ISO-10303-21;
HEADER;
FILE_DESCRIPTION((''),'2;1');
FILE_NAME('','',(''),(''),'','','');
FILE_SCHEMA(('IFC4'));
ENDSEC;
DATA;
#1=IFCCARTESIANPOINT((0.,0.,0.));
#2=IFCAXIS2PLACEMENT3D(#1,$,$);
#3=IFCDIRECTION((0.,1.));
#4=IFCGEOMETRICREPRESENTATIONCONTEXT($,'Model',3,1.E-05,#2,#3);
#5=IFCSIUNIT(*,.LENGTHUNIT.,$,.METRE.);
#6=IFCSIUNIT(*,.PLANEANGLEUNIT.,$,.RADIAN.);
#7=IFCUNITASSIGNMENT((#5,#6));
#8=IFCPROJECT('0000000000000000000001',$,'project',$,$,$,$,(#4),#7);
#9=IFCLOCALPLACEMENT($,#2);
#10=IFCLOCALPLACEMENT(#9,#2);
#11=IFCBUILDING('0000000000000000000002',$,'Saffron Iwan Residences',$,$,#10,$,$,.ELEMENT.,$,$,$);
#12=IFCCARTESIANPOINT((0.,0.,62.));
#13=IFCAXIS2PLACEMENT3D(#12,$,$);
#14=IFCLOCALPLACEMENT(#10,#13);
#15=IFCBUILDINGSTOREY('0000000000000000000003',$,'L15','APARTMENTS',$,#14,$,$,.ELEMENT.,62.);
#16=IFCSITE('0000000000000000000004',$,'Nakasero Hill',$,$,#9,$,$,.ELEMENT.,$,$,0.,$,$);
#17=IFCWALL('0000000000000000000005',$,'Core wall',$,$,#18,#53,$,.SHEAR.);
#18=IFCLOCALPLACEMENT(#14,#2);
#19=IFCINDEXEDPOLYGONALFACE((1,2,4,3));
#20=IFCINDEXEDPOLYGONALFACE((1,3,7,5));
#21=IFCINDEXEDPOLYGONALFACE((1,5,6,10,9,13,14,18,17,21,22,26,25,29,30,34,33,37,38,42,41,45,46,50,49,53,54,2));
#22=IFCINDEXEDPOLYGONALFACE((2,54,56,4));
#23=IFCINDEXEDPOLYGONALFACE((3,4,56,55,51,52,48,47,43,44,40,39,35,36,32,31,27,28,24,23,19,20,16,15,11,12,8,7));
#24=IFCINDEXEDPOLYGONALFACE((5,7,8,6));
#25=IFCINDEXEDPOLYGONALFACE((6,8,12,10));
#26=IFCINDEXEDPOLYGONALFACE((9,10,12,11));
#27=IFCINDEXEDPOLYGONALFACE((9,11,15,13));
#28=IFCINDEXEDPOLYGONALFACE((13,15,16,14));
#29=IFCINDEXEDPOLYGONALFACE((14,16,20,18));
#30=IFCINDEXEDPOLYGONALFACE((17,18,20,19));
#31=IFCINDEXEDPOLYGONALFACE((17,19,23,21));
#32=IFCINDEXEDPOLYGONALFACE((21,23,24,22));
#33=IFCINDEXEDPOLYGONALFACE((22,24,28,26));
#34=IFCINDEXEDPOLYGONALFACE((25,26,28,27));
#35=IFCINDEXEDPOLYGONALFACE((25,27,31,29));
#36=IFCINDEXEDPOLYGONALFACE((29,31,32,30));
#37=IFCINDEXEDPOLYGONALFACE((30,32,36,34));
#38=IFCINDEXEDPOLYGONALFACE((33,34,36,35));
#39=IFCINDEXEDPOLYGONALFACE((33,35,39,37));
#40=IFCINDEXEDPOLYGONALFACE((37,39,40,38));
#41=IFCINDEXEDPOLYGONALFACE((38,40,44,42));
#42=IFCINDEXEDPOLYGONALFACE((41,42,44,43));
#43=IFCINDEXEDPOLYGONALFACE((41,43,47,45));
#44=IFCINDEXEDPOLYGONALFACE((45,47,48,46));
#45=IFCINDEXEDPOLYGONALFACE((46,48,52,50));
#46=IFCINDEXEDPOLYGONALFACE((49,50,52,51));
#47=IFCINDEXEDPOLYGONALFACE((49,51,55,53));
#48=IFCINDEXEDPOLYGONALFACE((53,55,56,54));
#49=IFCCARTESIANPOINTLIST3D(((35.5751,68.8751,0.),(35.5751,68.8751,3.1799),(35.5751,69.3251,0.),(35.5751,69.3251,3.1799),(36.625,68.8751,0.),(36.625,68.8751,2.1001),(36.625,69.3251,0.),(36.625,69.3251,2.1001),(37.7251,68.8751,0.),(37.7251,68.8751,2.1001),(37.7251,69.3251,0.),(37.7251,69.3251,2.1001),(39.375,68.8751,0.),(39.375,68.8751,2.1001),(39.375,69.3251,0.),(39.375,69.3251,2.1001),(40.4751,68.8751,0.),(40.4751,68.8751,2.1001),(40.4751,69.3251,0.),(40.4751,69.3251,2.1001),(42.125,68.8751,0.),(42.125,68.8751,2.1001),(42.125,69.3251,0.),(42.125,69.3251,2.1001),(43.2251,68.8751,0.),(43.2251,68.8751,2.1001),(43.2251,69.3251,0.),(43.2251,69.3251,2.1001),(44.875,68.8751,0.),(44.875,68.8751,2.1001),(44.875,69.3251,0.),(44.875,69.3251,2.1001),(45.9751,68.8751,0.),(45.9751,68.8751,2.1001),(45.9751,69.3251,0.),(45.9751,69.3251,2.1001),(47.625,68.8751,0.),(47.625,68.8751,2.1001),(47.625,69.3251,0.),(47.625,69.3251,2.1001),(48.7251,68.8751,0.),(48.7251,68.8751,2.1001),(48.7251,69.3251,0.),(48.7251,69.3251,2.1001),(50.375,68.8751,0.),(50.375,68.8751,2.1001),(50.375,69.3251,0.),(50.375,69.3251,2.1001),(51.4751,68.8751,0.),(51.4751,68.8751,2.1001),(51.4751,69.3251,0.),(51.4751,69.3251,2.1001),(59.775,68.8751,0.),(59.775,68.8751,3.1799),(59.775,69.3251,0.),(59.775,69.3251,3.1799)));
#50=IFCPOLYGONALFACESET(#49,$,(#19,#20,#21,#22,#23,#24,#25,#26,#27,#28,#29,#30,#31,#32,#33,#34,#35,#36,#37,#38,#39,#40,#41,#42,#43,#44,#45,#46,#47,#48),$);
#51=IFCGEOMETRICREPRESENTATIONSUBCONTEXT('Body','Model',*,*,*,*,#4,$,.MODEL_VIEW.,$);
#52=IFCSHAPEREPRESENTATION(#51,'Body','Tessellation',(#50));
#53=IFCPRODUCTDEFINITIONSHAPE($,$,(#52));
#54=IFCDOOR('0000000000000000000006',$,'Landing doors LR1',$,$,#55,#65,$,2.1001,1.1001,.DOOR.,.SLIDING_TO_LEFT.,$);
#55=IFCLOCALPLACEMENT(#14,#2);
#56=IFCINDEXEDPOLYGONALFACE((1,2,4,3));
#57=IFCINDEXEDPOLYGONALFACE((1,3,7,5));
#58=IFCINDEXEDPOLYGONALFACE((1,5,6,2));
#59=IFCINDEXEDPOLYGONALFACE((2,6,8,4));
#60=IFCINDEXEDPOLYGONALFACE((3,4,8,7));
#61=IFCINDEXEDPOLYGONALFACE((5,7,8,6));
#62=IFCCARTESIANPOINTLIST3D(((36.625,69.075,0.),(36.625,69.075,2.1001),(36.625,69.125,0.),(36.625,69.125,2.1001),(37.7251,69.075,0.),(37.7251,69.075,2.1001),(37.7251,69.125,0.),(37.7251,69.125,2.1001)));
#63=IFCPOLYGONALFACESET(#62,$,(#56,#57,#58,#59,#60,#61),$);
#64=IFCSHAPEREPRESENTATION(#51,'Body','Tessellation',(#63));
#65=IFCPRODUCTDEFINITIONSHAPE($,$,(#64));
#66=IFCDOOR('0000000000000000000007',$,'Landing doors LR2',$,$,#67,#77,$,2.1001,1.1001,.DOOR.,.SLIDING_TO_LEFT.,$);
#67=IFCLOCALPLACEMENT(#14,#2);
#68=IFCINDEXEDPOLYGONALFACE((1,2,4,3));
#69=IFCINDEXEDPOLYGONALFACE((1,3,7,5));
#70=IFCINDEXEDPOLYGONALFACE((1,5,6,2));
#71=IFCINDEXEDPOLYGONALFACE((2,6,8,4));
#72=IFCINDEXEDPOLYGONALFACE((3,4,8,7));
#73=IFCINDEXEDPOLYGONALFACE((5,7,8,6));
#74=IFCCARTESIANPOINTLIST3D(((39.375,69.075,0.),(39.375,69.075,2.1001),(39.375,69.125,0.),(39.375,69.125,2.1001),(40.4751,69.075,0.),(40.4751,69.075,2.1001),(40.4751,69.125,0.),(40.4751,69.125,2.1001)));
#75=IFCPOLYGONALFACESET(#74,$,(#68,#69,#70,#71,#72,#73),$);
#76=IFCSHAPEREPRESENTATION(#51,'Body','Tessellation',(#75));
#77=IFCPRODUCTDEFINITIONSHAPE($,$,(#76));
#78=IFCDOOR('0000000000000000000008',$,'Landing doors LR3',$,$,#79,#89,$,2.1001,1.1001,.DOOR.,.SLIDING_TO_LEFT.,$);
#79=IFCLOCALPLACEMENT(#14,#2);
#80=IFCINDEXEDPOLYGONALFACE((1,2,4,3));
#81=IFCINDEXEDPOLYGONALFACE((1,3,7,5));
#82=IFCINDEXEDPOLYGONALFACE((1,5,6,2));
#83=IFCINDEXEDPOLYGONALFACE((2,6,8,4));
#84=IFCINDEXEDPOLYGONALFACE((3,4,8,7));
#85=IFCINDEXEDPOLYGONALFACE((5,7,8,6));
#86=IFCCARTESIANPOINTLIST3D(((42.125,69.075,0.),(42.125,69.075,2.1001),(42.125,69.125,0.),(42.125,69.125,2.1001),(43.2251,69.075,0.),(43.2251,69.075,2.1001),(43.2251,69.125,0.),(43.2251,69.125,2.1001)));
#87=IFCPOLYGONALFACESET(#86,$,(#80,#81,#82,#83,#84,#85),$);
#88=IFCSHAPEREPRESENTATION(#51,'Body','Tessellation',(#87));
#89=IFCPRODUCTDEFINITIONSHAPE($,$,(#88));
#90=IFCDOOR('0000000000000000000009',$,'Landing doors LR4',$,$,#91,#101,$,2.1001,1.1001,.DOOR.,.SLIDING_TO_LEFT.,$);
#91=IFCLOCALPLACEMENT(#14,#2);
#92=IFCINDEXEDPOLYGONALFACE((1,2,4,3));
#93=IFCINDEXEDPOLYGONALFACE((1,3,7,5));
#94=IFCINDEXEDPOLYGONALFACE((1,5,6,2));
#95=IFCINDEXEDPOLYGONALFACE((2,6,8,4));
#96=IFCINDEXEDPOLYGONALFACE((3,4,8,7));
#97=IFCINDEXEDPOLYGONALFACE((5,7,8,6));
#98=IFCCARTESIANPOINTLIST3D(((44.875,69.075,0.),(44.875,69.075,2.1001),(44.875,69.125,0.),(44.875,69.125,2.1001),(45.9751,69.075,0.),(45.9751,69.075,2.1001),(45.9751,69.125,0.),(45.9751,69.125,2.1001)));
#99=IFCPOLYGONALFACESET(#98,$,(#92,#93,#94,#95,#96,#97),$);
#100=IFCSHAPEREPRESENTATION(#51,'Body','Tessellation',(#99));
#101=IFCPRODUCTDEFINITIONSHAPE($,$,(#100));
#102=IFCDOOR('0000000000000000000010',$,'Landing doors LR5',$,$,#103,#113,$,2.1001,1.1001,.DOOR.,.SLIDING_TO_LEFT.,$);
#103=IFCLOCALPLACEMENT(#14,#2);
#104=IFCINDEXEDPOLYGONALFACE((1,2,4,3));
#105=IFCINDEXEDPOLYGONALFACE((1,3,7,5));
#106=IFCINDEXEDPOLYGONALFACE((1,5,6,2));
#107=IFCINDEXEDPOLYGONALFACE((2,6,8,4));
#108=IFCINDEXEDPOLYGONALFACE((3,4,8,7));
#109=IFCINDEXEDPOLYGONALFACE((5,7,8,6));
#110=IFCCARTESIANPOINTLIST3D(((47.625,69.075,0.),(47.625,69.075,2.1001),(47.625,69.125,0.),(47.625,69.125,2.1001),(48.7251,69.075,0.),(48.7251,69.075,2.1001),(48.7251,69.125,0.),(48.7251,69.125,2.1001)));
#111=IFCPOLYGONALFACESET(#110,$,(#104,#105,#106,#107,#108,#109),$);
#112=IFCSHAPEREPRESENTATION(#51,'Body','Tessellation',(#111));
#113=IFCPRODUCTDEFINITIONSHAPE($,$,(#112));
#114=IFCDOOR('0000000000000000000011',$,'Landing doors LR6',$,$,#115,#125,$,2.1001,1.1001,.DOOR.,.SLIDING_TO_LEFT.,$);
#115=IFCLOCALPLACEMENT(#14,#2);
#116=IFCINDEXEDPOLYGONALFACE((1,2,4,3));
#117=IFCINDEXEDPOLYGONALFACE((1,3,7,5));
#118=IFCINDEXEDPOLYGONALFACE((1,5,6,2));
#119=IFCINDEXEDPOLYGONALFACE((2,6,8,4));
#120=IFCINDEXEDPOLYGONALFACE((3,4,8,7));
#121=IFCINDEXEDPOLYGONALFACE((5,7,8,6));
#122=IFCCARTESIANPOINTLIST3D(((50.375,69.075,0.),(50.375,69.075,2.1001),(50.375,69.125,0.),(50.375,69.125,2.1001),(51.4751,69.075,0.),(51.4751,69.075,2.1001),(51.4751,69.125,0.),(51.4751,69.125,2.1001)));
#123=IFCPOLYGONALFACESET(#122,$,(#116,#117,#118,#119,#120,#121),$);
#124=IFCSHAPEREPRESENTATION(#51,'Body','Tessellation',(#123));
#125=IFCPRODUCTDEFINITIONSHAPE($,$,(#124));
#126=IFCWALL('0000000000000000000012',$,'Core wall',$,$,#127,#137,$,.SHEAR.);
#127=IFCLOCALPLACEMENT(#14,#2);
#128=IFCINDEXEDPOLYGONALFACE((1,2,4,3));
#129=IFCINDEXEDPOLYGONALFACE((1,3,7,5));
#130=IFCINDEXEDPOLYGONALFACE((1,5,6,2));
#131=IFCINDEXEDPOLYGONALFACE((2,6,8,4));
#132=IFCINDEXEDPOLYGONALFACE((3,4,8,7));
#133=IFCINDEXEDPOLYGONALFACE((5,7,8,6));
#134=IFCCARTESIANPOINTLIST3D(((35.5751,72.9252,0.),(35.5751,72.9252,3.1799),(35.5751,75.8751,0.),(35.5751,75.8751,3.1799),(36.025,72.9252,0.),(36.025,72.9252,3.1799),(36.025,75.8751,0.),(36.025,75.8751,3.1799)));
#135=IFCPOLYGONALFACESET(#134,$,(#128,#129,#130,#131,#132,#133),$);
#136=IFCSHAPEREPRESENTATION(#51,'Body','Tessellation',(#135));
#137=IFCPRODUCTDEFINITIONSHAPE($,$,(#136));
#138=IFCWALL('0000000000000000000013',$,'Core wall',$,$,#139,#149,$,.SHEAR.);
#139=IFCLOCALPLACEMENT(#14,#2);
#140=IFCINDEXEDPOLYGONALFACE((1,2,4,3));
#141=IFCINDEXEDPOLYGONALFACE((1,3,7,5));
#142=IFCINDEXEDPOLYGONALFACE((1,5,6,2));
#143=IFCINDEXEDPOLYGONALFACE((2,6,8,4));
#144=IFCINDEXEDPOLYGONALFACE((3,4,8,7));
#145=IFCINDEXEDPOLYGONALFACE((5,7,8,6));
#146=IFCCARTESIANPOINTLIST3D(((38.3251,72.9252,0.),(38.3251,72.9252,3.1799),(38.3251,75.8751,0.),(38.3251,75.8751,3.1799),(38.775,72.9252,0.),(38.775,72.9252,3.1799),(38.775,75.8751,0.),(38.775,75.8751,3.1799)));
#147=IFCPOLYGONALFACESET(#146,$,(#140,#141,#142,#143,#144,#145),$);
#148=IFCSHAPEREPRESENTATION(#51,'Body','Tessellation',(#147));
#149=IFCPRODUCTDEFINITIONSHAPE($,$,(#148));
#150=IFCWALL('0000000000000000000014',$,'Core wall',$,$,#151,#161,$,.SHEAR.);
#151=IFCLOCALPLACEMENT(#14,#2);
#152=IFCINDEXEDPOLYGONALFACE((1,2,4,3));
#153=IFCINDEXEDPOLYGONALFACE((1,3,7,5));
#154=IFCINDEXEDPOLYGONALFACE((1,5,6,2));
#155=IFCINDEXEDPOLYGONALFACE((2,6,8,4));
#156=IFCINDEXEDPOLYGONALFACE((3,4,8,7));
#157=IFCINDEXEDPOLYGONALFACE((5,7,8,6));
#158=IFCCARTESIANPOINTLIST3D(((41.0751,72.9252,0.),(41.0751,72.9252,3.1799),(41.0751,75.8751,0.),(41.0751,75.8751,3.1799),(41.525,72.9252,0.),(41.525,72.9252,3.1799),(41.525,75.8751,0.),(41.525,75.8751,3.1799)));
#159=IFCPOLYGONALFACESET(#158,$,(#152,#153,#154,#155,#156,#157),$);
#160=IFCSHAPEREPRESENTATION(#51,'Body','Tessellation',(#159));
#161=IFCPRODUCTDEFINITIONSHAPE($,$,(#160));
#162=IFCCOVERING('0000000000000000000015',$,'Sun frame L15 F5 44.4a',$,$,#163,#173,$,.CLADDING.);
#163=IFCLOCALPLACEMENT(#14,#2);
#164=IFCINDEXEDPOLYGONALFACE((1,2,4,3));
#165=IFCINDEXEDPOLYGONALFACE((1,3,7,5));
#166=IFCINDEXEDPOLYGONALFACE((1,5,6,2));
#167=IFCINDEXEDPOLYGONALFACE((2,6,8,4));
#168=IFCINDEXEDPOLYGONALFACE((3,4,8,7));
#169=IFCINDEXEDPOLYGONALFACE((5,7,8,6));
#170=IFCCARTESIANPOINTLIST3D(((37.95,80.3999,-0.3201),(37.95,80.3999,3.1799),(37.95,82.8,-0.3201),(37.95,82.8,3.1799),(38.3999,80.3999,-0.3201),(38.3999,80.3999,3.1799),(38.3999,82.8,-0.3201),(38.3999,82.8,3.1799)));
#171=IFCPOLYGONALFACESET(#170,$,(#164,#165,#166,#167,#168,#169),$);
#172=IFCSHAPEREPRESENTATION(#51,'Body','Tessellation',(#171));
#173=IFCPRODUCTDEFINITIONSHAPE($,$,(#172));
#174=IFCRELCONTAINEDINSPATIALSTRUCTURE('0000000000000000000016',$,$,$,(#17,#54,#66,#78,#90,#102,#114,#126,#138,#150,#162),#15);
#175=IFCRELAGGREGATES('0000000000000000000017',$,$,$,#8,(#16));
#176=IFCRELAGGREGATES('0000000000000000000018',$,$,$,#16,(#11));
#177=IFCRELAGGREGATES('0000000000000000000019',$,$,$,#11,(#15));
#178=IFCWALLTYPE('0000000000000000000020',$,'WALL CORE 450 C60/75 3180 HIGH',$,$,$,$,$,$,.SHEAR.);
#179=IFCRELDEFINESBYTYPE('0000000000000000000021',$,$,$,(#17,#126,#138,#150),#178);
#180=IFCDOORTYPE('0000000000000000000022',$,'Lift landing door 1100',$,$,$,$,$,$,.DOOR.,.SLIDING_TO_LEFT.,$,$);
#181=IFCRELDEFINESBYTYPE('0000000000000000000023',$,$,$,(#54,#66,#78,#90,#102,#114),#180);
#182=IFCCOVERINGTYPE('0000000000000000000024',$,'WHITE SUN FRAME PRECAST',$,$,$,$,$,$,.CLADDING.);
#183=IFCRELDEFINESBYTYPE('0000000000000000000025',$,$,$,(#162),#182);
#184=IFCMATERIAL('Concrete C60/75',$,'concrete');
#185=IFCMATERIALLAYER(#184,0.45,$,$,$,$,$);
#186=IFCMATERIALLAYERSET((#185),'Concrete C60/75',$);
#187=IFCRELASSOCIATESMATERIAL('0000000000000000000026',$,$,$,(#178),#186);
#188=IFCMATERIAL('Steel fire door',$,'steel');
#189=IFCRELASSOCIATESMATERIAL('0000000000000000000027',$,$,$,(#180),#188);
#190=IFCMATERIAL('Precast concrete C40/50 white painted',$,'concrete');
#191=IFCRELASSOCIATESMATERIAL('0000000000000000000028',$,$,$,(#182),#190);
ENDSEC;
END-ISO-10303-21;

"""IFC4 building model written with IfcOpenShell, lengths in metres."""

from ifc_helpers import new_model, si_unit, direction, frame, frame_2d, origin, place, context, subcontext, project, spatial, polyline, rectangle, outline, extrude, material, layer, layer_set, type_object, element, fill, save


model = new_model("IFC4")

# Units and contexts
model_context = context("Model", 3, precision=1e-05, world=origin(), true_north=direction((0.0, 1.0)))
body_context = subcontext(model_context, "Body", "Model", "MODEL_VIEW")
ifc_project = project(units=[si_unit("LENGTHUNIT", "METRE"), si_unit("PLANEANGLEUNIT", "RADIAN")], contexts=[model_context])

# Site, building, storey
site_placement = place(None, origin())
site = spatial("IfcSite", under=ifc_project, at=site_placement, Name="Nakasero Hill", CompositionType="ELEMENT", RefElevation=0.0)
building_placement = place(site_placement, origin())
building = spatial("IfcBuilding", under=site, at=building_placement, Name="Saffron Iwan Residences", CompositionType="ELEMENT")
storey_placement = place(building_placement, frame((0.0, 0.0, 62.0)))
storey = spatial("IfcBuildingStorey", under=building, at=storey_placement, Name="L15", Description="APARTMENTS", CompositionType="ELEMENT", Elevation=62.0)

# Shared definitions
ifc_material_1 = material(Name="Concrete C60/75", Category="concrete")

# Shared definitions
ifc_material_2 = material(Name="Steel fire door", Category="steel")

# Wall, openings, doors
ifc_layer_1 = layer(ifc_material_1, 0.45)
ifc_layer_set_1 = layer_set([ifc_layer_1], Name="Concrete C60/75")
wall_type_1 = type_object("IfcWallType", Name="WALL CORE 450 C60/75 3180 HIGH", PredefinedType="SHEAR", material=ifc_layer_set_1)
wall_1_placement = place(storey_placement, frame((35.575, 69.1001, 0.0), z_axis=(0.0, 0.0, 1.0), x_axis=(1.0, 0.0, 0.0)))
wall_1 = element("IfcWall", 1, at=wall_1_placement, inside=storey, type_object=wall_type_1, Name="Core wall", PredefinedType="SHEAR", context=body_context, shape_type="SweptSolid", body=[
    extrude(rectangle(XDim=24.2, YDim=0.45, at=frame_2d((12.1001, 0.0))), origin(), (0.0, 0.0, 1.0), 3.1799),
])
opening_1_placement = place(wall_1_placement, frame((1.05, 0.0, 0.0)))
opening_1 = element("IfcOpeningElement", 2, at=opening_1_placement, cuts=wall_1, PredefinedType="OPENING", context=body_context, shape_type="SweptSolid", body=[
    extrude(rectangle(XDim=1.1001, YDim=2.1001, at=frame_2d((0.55, 1.05))), frame((0.0, 0.2349, 0.0), z_axis=(0.0, -1.0, 0.0), x_axis=(1.0, 0.0, 0.0)), (0.0, 0.0, 1.0), 0.47),
])
opening_2_placement = place(wall_1_placement, frame((3.8, 0.0, 0.0)))
opening_2 = element("IfcOpeningElement", 3, at=opening_2_placement, cuts=wall_1, PredefinedType="OPENING", context=body_context, shape_type="SweptSolid", body=[
    extrude(rectangle(XDim=1.1001, YDim=2.1001, at=frame_2d((0.55, 1.05))), frame((0.0, 0.2349, 0.0), z_axis=(0.0, -1.0, 0.0), x_axis=(1.0, 0.0, 0.0)), (0.0, 0.0, 1.0), 0.47),
])
opening_3_placement = place(wall_1_placement, frame((6.55, 0.0, 0.0)))
opening_3 = element("IfcOpeningElement", 4, at=opening_3_placement, cuts=wall_1, PredefinedType="OPENING", context=body_context, shape_type="SweptSolid", body=[
    extrude(rectangle(XDim=1.1001, YDim=2.1001, at=frame_2d((0.55, 1.05))), frame((0.0, 0.2349, 0.0), z_axis=(0.0, -1.0, 0.0), x_axis=(1.0, 0.0, 0.0)), (0.0, 0.0, 1.0), 0.47),
])
opening_4_placement = place(wall_1_placement, frame((9.3, 0.0, 0.0)))
opening_4 = element("IfcOpeningElement", 5, at=opening_4_placement, cuts=wall_1, PredefinedType="OPENING", context=body_context, shape_type="SweptSolid", body=[
    extrude(rectangle(XDim=1.1001, YDim=2.1001, at=frame_2d((0.55, 1.05))), frame((0.0, 0.2349, 0.0), z_axis=(0.0, -1.0, 0.0), x_axis=(1.0, 0.0, 0.0)), (0.0, 0.0, 1.0), 0.47),
])
opening_5_placement = place(wall_1_placement, frame((12.05, 0.0, 0.0)))
opening_5 = element("IfcOpeningElement", 6, at=opening_5_placement, cuts=wall_1, PredefinedType="OPENING", context=body_context, shape_type="SweptSolid", body=[
    extrude(rectangle(XDim=1.1001, YDim=2.1001, at=frame_2d((0.55, 1.05))), frame((0.0, 0.2349, 0.0), z_axis=(0.0, -1.0, 0.0), x_axis=(1.0, 0.0, 0.0)), (0.0, 0.0, 1.0), 0.47),
])
opening_6_placement = place(wall_1_placement, frame((14.8, 0.0, 0.0)))
opening_6 = element("IfcOpeningElement", 7, at=opening_6_placement, cuts=wall_1, PredefinedType="OPENING", context=body_context, shape_type="SweptSolid", body=[
    extrude(rectangle(XDim=1.1001, YDim=2.1001, at=frame_2d((0.55, 1.05))), frame((0.0, 0.2349, 0.0), z_axis=(0.0, -1.0, 0.0), x_axis=(1.0, 0.0, 0.0)), (0.0, 0.0, 1.0), 0.47),
])
door_type_1 = type_object("IfcDoorType", Name="Lift landing door 1100", OperationType="SLIDING_TO_LEFT", PredefinedType="DOOR", material=ifc_material_2)
door_1_placement = place(opening_1_placement, origin())
door_1 = element("IfcDoor", 8, at=door_1_placement, inside=storey, type_object=door_type_1, Name="Landing doors LR1", OperationType="SLIDING_TO_LEFT", OverallHeight=2.1001, OverallWidth=1.1001, PredefinedType="DOOR", context=body_context, shape_type="SweptSolid", body=[
    extrude(rectangle(XDim=1.1001, YDim=2.1001, at=frame_2d((0.55, 1.05))), frame((0.0, 0.0249, 0.0), z_axis=(0.0, -1.0, 0.0), x_axis=(1.0, 0.0, 0.0)), (0.0, 0.0, 1.0), 0.05),
])
fill(opening_1, door_1)
door_2_placement = place(opening_2_placement, origin())
door_2 = element("IfcDoor", 9, at=door_2_placement, inside=storey, type_object=door_type_1, Name="Landing doors LR2", OperationType="SLIDING_TO_LEFT", OverallHeight=2.1001, OverallWidth=1.1001, PredefinedType="DOOR", context=body_context, shape_type="SweptSolid", body=[
    extrude(rectangle(XDim=1.1001, YDim=2.1001, at=frame_2d((0.55, 1.05))), frame((0.0, 0.0249, 0.0), z_axis=(0.0, -1.0, 0.0), x_axis=(1.0, 0.0, 0.0)), (0.0, 0.0, 1.0), 0.05),
])
fill(opening_2, door_2)
door_3_placement = place(opening_3_placement, origin())
door_3 = element("IfcDoor", 10, at=door_3_placement, inside=storey, type_object=door_type_1, Name="Landing doors LR3", OperationType="SLIDING_TO_LEFT", OverallHeight=2.1001, OverallWidth=1.1001, PredefinedType="DOOR", context=body_context, shape_type="SweptSolid", body=[
    extrude(rectangle(XDim=1.1001, YDim=2.1001, at=frame_2d((0.55, 1.05))), frame((0.0, 0.0249, 0.0), z_axis=(0.0, -1.0, 0.0), x_axis=(1.0, 0.0, 0.0)), (0.0, 0.0, 1.0), 0.05),
])
fill(opening_3, door_3)
door_4_placement = place(opening_4_placement, origin())
door_4 = element("IfcDoor", 11, at=door_4_placement, inside=storey, type_object=door_type_1, Name="Landing doors LR4", OperationType="SLIDING_TO_LEFT", OverallHeight=2.1001, OverallWidth=1.1001, PredefinedType="DOOR", context=body_context, shape_type="SweptSolid", body=[
    extrude(rectangle(XDim=1.1001, YDim=2.1001, at=frame_2d((0.55, 1.05))), frame((0.0, 0.0249, 0.0), z_axis=(0.0, -1.0, 0.0), x_axis=(1.0, 0.0, 0.0)), (0.0, 0.0, 1.0), 0.05),
])
fill(opening_4, door_4)
door_5_placement = place(opening_5_placement, origin())
door_5 = element("IfcDoor", 12, at=door_5_placement, inside=storey, type_object=door_type_1, Name="Landing doors LR5", OperationType="SLIDING_TO_LEFT", OverallHeight=2.1001, OverallWidth=1.1001, PredefinedType="DOOR", context=body_context, shape_type="SweptSolid", body=[
    extrude(rectangle(XDim=1.1001, YDim=2.1001, at=frame_2d((0.55, 1.05))), frame((0.0, 0.0249, 0.0), z_axis=(0.0, -1.0, 0.0), x_axis=(1.0, 0.0, 0.0)), (0.0, 0.0, 1.0), 0.05),
])
fill(opening_5, door_5)
door_6_placement = place(opening_6_placement, origin())
door_6 = element("IfcDoor", 13, at=door_6_placement, inside=storey, type_object=door_type_1, Name="Landing doors LR6", OperationType="SLIDING_TO_LEFT", OverallHeight=2.1001, OverallWidth=1.1001, PredefinedType="DOOR", context=body_context, shape_type="SweptSolid", body=[
    extrude(rectangle(XDim=1.1001, YDim=2.1001, at=frame_2d((0.55, 1.05))), frame((0.0, 0.0249, 0.0), z_axis=(0.0, -1.0, 0.0), x_axis=(1.0, 0.0, 0.0)), (0.0, 0.0, 1.0), 0.05),
])
fill(opening_6, door_6)

# Walls
for number, where, z_axis, x_axis, name in (
    (14, (35.8, 72.925, 0.0), (0.0, 0.0, 1.0), (0.0, 1.0, 0.0), "Core wall"),
    (15, (38.55, 72.925, 0.0), (0.0, 0.0, 1.0), (0.0, 1.0, 0.0), "Core wall"),
    (16, (41.3, 72.925, 0.0), (0.0, 0.0, 1.0), (0.0, 1.0, 0.0), "Core wall"),
):
    element("IfcWall", number, at=place(storey_placement, frame(where, z_axis=z_axis, x_axis=x_axis)), inside=storey, type_object=wall_type_1, Name=name, PredefinedType="SHEAR", context=body_context, shape_type="SweptSolid", body=[
        extrude(rectangle(XDim=2.95, YDim=0.45, at=frame_2d((1.4751, 0.0))), origin(), (0.0, 0.0, 1.0), 3.1799),
    ])

# Covering
ifc_material_3 = material(Name="Precast concrete C40/50 white painted", Category="concrete")
covering_type = type_object("IfcCoveringType", Name="WHITE SUN FRAME PRECAST", PredefinedType="CLADDING", material=ifc_material_3)
covering_placement = place(storey_placement, frame((38.3999, 80.3999, -0.3201), z_axis=(0.0, 1.0, 0.0), x_axis=(-1.0, 0.0, 0.0)))
element("IfcCovering", 17, at=covering_placement, inside=storey, type_object=covering_type, Name="Sun frame L15 F5 44.4a", PredefinedType="CLADDING", context=body_context, shape_type="SweptSolid", body=[
    extrude(outline(polyline([(0.0, 0.0), (0.45, 0.0), (0.45, 3.5), (0.0, 3.5), (0.0, 0.0)])), origin(), (0.0, 0.0, 1.0), 2.4001),
])

save(model, "model.ifc")
